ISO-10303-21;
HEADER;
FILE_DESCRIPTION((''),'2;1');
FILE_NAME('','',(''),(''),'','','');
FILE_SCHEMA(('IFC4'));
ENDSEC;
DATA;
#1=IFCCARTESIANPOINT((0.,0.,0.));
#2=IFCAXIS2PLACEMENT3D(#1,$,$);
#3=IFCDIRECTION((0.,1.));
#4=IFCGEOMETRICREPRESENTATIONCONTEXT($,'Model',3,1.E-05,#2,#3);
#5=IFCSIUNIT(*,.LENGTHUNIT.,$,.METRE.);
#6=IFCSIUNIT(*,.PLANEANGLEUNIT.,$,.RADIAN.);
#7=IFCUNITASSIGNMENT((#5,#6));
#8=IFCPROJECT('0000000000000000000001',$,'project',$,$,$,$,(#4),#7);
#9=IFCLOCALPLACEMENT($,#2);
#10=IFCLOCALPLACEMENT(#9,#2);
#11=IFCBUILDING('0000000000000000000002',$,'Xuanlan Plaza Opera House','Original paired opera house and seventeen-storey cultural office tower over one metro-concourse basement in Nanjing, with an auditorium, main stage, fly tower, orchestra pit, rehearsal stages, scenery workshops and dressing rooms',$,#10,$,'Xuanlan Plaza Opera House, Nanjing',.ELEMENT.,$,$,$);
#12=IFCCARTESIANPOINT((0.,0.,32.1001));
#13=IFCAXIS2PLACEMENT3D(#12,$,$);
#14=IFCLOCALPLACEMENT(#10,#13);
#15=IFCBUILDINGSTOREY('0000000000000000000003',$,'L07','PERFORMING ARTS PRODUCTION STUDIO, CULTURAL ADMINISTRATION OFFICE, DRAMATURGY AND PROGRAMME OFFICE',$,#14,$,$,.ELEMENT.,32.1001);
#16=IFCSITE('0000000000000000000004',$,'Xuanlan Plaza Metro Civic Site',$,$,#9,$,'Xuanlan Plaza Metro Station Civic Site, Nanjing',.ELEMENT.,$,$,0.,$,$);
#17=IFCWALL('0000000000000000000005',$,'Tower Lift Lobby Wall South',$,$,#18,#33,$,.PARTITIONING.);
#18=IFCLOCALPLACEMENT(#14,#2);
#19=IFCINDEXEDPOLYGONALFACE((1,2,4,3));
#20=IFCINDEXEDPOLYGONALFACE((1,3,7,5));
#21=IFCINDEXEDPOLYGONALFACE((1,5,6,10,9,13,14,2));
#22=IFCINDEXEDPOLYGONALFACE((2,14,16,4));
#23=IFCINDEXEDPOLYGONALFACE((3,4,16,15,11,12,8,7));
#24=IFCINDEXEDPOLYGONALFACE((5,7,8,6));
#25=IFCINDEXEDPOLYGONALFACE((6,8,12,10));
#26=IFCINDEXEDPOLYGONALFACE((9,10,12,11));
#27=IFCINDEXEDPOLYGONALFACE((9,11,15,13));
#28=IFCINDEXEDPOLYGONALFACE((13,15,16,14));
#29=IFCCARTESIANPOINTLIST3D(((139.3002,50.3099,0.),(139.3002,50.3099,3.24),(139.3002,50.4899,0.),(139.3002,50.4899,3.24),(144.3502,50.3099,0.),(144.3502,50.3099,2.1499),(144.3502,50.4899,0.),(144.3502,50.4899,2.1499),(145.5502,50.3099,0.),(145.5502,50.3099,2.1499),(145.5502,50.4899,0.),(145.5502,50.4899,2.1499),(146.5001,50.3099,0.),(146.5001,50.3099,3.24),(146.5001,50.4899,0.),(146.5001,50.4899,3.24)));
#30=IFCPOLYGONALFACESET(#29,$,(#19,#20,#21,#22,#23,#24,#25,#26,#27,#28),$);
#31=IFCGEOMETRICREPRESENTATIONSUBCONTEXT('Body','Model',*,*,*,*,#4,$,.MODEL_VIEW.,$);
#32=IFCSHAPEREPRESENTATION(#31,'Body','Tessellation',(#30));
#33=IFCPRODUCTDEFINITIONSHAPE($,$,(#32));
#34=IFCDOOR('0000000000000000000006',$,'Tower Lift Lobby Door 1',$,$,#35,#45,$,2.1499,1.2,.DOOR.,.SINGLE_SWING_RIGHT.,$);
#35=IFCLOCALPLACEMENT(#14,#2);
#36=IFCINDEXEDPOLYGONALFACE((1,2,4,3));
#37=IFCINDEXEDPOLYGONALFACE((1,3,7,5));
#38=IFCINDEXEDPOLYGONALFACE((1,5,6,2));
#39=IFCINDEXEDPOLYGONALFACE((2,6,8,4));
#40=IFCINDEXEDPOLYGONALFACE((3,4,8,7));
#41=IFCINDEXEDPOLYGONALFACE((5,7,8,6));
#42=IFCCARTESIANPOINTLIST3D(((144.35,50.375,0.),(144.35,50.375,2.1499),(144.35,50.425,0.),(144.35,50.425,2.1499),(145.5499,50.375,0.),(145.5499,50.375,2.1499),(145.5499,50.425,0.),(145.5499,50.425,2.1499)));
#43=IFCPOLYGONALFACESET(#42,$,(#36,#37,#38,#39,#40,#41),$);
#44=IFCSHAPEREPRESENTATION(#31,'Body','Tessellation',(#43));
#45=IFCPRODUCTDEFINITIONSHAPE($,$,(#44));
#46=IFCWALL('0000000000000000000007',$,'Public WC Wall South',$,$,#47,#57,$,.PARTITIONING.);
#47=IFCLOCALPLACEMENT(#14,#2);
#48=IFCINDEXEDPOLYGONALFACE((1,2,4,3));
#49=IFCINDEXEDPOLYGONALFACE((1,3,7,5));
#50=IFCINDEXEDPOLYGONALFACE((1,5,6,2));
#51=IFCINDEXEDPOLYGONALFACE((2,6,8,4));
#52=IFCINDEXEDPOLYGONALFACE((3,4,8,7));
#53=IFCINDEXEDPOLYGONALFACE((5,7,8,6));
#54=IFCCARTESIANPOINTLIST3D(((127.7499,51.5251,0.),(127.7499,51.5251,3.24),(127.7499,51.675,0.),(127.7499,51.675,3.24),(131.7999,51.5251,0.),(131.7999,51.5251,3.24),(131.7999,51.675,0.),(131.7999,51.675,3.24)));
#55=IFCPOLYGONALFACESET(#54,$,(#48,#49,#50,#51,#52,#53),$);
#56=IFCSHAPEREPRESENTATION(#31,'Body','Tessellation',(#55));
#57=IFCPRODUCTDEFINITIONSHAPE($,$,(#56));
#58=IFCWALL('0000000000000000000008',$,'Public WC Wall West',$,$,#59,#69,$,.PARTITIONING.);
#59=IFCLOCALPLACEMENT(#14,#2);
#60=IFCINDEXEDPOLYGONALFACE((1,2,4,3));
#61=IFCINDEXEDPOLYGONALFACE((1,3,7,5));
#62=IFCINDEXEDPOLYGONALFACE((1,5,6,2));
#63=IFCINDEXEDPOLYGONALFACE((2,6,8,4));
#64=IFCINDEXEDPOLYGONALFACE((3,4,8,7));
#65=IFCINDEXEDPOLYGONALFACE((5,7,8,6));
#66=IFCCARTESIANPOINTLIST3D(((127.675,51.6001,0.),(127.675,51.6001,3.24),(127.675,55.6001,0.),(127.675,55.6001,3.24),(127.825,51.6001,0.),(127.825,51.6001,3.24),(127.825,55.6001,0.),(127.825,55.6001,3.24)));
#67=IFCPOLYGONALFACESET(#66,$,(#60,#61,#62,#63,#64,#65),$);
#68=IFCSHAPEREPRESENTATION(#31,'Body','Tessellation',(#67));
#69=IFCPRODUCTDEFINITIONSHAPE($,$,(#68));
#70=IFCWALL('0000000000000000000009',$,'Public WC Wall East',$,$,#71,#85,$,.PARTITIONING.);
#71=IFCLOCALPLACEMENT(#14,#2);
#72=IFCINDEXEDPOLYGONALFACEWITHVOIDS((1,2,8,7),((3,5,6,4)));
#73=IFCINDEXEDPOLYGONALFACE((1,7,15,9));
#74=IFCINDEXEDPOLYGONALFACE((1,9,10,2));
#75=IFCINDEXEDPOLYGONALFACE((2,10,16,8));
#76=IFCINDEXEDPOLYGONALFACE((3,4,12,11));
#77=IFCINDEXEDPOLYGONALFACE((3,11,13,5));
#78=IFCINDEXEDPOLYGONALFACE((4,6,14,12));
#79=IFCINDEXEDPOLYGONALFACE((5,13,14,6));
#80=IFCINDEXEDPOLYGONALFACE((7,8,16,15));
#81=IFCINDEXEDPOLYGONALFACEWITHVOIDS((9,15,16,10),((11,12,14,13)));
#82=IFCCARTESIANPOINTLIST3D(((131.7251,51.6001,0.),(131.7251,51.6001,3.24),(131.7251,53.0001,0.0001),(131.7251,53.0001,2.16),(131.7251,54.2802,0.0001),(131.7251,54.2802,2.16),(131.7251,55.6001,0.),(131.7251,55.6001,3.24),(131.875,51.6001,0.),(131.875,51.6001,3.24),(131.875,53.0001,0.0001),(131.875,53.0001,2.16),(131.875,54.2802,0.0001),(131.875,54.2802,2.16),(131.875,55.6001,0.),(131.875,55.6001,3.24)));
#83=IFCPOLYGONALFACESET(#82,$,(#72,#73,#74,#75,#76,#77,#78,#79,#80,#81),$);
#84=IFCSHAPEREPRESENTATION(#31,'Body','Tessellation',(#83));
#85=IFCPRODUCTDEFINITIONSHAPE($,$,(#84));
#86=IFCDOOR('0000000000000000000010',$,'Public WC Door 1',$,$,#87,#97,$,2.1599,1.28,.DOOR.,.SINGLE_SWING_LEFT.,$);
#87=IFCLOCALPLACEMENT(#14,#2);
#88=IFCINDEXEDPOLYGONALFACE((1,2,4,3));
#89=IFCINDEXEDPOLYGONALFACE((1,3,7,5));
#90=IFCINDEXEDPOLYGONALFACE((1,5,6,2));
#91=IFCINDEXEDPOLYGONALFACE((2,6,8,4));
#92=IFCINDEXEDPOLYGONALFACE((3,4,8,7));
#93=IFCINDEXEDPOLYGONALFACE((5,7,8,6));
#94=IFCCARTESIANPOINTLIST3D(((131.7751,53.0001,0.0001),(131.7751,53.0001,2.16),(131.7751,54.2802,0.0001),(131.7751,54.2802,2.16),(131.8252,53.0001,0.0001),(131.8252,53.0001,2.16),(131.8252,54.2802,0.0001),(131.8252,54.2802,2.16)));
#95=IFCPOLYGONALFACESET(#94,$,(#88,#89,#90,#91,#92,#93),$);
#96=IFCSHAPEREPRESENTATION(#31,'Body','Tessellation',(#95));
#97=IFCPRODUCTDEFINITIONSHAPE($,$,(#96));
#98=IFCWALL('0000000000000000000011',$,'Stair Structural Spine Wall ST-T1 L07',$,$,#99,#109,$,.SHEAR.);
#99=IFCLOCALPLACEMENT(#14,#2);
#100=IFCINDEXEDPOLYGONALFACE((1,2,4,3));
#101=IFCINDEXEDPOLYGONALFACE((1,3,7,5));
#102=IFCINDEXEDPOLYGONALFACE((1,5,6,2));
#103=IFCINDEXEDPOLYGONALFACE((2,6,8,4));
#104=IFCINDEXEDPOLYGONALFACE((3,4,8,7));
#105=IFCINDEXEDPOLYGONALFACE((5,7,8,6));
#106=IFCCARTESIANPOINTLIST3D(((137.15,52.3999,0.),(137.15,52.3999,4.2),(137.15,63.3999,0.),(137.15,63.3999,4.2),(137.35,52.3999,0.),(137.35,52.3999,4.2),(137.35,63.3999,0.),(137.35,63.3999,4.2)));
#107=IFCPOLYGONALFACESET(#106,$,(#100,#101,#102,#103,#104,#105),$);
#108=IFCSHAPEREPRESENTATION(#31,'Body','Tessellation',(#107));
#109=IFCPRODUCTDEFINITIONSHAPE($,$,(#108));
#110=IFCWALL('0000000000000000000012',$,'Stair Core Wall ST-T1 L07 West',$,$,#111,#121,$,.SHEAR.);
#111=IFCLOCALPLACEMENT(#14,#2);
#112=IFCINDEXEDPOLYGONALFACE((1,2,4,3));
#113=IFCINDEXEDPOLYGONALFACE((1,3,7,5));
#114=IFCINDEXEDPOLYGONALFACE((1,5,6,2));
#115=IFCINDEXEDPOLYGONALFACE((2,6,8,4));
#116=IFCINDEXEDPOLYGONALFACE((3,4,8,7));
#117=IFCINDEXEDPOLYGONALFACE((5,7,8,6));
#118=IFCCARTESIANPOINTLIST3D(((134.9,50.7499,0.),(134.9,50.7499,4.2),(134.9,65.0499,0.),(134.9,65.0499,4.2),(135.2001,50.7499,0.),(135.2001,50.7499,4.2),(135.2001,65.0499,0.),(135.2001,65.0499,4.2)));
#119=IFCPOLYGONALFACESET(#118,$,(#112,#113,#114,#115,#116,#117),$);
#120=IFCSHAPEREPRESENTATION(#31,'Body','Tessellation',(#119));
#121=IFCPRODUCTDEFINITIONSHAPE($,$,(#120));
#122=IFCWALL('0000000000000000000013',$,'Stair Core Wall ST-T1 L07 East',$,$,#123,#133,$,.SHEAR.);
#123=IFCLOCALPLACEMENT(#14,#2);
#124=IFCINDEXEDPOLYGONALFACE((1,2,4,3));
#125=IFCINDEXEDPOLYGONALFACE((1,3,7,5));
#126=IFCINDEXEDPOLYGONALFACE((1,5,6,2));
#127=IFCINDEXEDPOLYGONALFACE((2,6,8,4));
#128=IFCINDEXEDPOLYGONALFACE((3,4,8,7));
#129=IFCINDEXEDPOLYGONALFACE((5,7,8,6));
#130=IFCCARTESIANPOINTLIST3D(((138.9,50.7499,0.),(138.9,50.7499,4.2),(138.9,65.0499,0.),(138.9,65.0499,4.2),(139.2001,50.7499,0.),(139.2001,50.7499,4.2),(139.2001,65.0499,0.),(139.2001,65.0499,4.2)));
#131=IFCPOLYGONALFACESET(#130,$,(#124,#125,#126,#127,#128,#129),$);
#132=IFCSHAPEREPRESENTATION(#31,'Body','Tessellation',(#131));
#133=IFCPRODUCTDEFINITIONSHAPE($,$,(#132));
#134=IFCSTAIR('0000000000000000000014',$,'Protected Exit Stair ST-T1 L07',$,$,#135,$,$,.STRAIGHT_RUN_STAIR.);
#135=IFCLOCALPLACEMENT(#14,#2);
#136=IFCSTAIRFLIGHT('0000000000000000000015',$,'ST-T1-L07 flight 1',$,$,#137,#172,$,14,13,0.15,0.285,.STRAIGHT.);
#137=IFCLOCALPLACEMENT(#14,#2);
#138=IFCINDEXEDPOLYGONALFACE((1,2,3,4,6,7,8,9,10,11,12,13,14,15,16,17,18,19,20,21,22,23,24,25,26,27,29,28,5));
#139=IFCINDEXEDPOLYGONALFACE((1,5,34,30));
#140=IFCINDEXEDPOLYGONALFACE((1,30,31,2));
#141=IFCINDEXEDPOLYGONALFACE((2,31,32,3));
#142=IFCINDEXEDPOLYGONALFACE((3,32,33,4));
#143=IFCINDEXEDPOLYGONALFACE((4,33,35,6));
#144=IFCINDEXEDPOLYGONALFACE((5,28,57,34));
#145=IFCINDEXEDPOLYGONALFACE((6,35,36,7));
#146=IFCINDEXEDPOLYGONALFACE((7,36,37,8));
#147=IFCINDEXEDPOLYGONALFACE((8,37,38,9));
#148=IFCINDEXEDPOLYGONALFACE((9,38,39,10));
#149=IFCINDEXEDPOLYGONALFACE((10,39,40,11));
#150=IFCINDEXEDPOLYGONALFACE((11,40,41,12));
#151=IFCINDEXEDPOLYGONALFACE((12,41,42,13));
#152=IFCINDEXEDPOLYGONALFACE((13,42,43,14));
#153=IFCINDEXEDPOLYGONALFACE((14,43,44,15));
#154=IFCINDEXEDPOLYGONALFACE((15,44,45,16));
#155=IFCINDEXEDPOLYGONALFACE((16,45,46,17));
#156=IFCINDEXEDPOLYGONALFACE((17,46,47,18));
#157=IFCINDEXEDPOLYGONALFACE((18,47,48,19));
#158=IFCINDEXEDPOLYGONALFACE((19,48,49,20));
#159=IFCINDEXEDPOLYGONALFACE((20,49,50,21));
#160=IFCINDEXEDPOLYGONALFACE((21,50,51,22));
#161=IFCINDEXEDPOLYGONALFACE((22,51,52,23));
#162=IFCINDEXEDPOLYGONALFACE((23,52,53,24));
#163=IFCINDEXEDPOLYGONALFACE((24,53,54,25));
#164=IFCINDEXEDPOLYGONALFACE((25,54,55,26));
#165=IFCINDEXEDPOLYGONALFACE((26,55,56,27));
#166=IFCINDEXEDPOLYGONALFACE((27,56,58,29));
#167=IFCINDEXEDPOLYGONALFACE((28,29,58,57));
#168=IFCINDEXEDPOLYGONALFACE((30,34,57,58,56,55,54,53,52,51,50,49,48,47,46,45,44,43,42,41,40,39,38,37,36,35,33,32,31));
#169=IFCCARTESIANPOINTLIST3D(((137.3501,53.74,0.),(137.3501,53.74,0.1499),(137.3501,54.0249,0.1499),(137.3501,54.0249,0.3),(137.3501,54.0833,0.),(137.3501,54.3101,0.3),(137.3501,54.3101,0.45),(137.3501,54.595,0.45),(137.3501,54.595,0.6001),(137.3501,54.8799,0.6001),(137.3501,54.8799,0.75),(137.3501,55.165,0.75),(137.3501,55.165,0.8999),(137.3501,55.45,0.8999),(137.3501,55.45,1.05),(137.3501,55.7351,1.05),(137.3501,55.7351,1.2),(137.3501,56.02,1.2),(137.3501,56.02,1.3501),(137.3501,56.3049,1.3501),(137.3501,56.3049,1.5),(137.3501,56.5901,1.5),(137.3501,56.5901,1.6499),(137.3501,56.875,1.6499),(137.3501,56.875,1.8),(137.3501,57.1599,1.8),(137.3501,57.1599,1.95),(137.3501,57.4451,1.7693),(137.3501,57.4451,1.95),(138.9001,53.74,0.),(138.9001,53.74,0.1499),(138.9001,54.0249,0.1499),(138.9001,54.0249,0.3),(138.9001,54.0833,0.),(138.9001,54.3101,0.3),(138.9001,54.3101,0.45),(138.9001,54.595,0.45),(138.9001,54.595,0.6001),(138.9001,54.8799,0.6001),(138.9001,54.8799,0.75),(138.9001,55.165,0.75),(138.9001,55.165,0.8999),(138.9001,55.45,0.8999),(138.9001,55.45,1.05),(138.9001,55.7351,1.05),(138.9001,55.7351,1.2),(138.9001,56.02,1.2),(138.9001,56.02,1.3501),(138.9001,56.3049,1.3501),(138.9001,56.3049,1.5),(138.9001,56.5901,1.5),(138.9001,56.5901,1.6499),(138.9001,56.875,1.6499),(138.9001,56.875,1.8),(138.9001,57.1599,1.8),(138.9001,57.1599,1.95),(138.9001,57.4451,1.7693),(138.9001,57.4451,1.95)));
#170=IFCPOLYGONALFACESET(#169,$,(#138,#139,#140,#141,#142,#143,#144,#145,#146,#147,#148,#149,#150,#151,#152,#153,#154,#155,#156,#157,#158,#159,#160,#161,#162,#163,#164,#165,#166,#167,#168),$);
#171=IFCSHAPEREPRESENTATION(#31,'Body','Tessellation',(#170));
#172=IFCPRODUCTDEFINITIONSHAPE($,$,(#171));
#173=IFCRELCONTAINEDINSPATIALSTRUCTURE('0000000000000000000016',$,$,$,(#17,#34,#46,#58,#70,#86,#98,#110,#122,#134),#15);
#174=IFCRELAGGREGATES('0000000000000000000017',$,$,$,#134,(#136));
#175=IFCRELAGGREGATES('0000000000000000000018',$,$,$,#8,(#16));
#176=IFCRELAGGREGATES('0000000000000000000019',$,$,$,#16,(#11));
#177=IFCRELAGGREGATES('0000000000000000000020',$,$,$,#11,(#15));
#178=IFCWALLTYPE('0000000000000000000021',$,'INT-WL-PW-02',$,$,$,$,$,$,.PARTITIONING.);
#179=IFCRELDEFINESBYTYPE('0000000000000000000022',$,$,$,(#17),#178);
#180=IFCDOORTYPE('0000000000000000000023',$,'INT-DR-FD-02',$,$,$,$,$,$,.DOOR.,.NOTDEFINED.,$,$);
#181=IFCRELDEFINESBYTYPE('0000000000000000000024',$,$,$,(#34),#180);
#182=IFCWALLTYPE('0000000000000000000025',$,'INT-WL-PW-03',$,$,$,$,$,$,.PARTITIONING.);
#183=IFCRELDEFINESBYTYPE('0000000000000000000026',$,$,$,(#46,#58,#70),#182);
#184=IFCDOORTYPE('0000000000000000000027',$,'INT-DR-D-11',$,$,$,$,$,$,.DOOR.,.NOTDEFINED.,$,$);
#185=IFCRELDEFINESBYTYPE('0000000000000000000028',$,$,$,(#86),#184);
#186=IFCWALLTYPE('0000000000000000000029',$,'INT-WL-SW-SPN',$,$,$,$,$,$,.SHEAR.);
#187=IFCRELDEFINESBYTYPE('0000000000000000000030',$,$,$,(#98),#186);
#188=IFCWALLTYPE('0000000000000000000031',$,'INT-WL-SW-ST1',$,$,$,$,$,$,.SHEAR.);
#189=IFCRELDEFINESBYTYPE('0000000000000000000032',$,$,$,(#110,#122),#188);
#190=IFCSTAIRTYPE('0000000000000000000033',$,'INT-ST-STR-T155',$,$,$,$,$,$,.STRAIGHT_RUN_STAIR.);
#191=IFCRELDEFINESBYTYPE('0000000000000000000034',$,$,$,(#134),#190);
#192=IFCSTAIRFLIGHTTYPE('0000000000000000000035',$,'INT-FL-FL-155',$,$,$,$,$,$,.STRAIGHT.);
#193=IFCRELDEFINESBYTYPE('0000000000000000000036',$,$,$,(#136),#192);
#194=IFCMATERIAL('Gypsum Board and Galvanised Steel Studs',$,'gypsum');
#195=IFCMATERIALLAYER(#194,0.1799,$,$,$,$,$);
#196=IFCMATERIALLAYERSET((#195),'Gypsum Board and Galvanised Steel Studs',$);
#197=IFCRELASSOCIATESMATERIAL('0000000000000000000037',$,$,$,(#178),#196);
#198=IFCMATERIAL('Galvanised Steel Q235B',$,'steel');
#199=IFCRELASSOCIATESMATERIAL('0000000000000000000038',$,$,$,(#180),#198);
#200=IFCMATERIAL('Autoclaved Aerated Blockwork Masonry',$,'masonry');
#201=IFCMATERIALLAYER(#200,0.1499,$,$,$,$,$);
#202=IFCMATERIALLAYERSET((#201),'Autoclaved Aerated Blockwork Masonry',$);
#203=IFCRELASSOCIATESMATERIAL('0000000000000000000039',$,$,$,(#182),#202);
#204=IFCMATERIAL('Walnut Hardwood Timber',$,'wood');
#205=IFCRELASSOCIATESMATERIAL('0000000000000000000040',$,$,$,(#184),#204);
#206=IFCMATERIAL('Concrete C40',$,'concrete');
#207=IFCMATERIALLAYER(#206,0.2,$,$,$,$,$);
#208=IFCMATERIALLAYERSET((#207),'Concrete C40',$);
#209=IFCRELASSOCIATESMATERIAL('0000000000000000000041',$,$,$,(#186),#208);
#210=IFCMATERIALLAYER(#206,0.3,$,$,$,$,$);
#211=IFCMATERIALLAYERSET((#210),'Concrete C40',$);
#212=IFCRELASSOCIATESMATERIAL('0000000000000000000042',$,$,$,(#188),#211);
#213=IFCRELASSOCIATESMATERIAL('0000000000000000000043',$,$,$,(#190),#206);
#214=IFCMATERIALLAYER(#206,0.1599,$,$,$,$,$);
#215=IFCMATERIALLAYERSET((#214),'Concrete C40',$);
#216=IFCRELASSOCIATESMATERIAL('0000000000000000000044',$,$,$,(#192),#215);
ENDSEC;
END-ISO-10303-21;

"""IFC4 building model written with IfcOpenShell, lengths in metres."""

from ifc_helpers import new_model, si_unit, direction, frame, frame_2d, origin, place, context, subcontext, project, spatial, polyline, rectangle, outline, extrude, material, layer, layer_set, type_object, element, fill, aggregate, save


model = new_model("IFC4")

# Units and contexts
model_context = context("Model", 3, precision=1e-05, world=origin(), true_north=direction((0.0, 1.0)))
body_context = subcontext(model_context, "Body", "Model", "MODEL_VIEW")
ifc_project = project(units=[si_unit("LENGTHUNIT", "METRE"), si_unit("PLANEANGLEUNIT", "RADIAN")], contexts=[model_context])

# Site, building, storey
site_placement = place(None, origin())
site = spatial("IfcSite", under=ifc_project, at=site_placement, Name="Xuanlan Plaza Metro Civic Site", LongName="Xuanlan Plaza Metro Station Civic Site, Nanjing", CompositionType="ELEMENT", RefElevation=0.0)
building_placement = place(site_placement, origin())
building = spatial("IfcBuilding", under=site, at=building_placement, Name="Xuanlan Plaza Opera House", Description="Original paired opera house and seventeen-storey cultural office tower over one metro-concourse basement in Nanjing, with an auditorium, main stage, fly tower, orchestra pit, rehearsal stages, scenery workshops and dressing rooms", LongName="Xuanlan Plaza Opera House, Nanjing", CompositionType="ELEMENT")
storey_placement = place(building_placement, frame((0.0, 0.0, 32.1001)))
storey = spatial("IfcBuildingStorey", under=building, at=storey_placement, Name="L07", Description="PERFORMING ARTS PRODUCTION STUDIO, CULTURAL ADMINISTRATION OFFICE, DRAMATURGY AND PROGRAMME OFFICE", CompositionType="ELEMENT", Elevation=32.1001)

# Shared definitions
ifc_material_1 = material(Name="Concrete C40", Category="concrete")

# Wall, opening, door
ifc_material_2 = material(Name="Gypsum Board and Galvanised Steel Studs", Category="gypsum")
ifc_layer_1 = layer(ifc_material_2, 0.1799)
ifc_layer_set_1 = layer_set([ifc_layer_1], Name="Gypsum Board and Galvanised Steel Studs")
wall_type_1 = type_object("IfcWallType", Name="INT-WL-PW-02", PredefinedType="PARTITIONING", material=ifc_layer_set_1)
wall_1_placement = place(storey_placement, frame((139.3, 50.3999, 0.0), z_axis=(0.0, 0.0, 1.0), x_axis=(1.0, 0.0, 0.0)))
wall_1 = element("IfcWall", 1, at=wall_1_placement, inside=storey, type_object=wall_type_1, Name="Tower Lift Lobby Wall South", PredefinedType="PARTITIONING", context=body_context, shape_type="SweptSolid", body=[
    extrude(rectangle(XDim=7.2, YDim=0.1799, at=frame_2d((3.6001, 0.0))), origin(), (0.0, 0.0, 1.0), 3.24),
])
opening_1_placement = place(wall_1_placement, frame((5.05, 0.0, 0.0)))
opening_1 = element("IfcOpeningElement", 2, at=opening_1_placement, cuts=wall_1, PredefinedType="OPENING", context=body_context, shape_type="SweptSolid", body=[
    extrude(rectangle(XDim=1.2, YDim=2.1499, at=frame_2d((0.6001, 1.075))), frame((0.0, 0.0999, 0.0), z_axis=(0.0, -1.0, 0.0), x_axis=(1.0, 0.0, 0.0)), (0.0, 0.0, 1.0), 0.2),
])
ifc_material_3 = material(Name="Galvanised Steel Q235B", Category="steel")
door_type_1 = type_object("IfcDoorType", Name="INT-DR-FD-02", OperationType="NOTDEFINED", PredefinedType="DOOR", material=ifc_material_3)
door_1_placement = place(opening_1_placement, frame((1.2, 0.0, 0.0), z_axis=(0.0, 0.0, 1.0), x_axis=(-1.0, 0.0, 0.0)))
door_1 = element("IfcDoor", 3, at=door_1_placement, inside=storey, type_object=door_type_1, Name="Tower Lift Lobby Door 1", OperationType="SINGLE_SWING_RIGHT", OverallHeight=2.1499, OverallWidth=1.2, PredefinedType="DOOR", context=body_context, shape_type="SweptSolid", body=[
    extrude(rectangle(XDim=1.2, YDim=2.1499, at=frame_2d((0.6001, 1.075))), frame((0.0, 0.0249, 0.0), z_axis=(0.0, -1.0, 0.0), x_axis=(1.0, 0.0, 0.0)), (0.0, 0.0, 1.0), 0.05),
])
fill(opening_1, door_1)

# Walls
ifc_material_4 = material(Name="Autoclaved Aerated Blockwork Masonry", Category="masonry")
ifc_layer_2 = layer(ifc_material_4, 0.1499)
ifc_layer_set_2 = layer_set([ifc_layer_2], Name="Autoclaved Aerated Blockwork Masonry")
wall_type_2 = type_object("IfcWallType", Name="INT-WL-PW-03", PredefinedType="PARTITIONING", material=ifc_layer_set_2)
wall_2_placement = place(storey_placement, frame((127.75, 51.6001, 0.0), z_axis=(0.0, 0.0, 1.0), x_axis=(1.0, 0.0, 0.0)))
element("IfcWall", 4, at=wall_2_placement, inside=storey, type_object=wall_type_2, Name="Public WC Wall South", PredefinedType="PARTITIONING", context=body_context, shape_type="SweptSolid", body=[
    extrude(rectangle(XDim=4.05, YDim=0.1499, at=frame_2d((2.0249, 0.0))), origin(), (0.0, 0.0, 1.0), 3.24),
])
wall_3_placement = place(storey_placement, frame((127.75, 51.6001, 0.0), z_axis=(0.0, 0.0, 1.0), x_axis=(0.0, 1.0, 0.0)))
element("IfcWall", 5, at=wall_3_placement, inside=storey, type_object=wall_type_2, Name="Public WC Wall West", PredefinedType="PARTITIONING", context=body_context, shape_type="SweptSolid", body=[
    extrude(rectangle(XDim=4.0, YDim=0.1499, at=frame_2d((2.0, 0.0))), origin(), (0.0, 0.0, 1.0), 3.24),
])

# Wall, opening, door
wall_4_placement = place(storey_placement, frame((131.8, 51.6001, 0.0), z_axis=(0.0, 0.0, 1.0), x_axis=(0.0, 1.0, 0.0)))
wall_4 = element("IfcWall", 6, at=wall_4_placement, inside=storey, type_object=wall_type_2, Name="Public WC Wall East", PredefinedType="PARTITIONING", context=body_context, shape_type="SweptSolid", body=[
    extrude(rectangle(XDim=4.0, YDim=0.1499, at=frame_2d((2.0, 0.0))), origin(), (0.0, 0.0, 1.0), 3.24),
])
opening_2_placement = place(wall_4_placement, frame((1.3999, 0.0, 0.0)))
opening_2 = element("IfcOpeningElement", 7, at=opening_2_placement, cuts=wall_4, PredefinedType="OPENING", context=body_context, shape_type="SweptSolid", body=[
    extrude(rectangle(XDim=1.28, YDim=2.1599, at=frame_2d((0.6401, 1.0801))), frame((0.0, 0.085, 0.0), z_axis=(0.0, -1.0, 0.0), x_axis=(1.0, 0.0, 0.0)), (0.0, 0.0, 1.0), 0.1699),
])
ifc_material_5 = material(Name="Walnut Hardwood Timber", Category="wood")
door_type_2 = type_object("IfcDoorType", Name="INT-DR-D-11", OperationType="NOTDEFINED", PredefinedType="DOOR", material=ifc_material_5)
door_2_placement = place(opening_2_placement, origin())
door_2 = element("IfcDoor", 8, at=door_2_placement, inside=storey, type_object=door_type_2, Name="Public WC Door 1", OperationType="SINGLE_SWING_LEFT", OverallHeight=2.1599, OverallWidth=1.28, PredefinedType="DOOR", context=body_context, shape_type="SweptSolid", body=[
    extrude(rectangle(XDim=1.28, YDim=2.1599, at=frame_2d((0.6401, 1.0801))), frame((0.0, 0.0249, 0.0), z_axis=(0.0, -1.0, 0.0), x_axis=(1.0, 0.0, 0.0)), (0.0, 0.0, 1.0), 0.05),
])
fill(opening_2, door_2)

# Wall
ifc_layer_3 = layer(ifc_material_1, 0.2)
ifc_layer_set_3 = layer_set([ifc_layer_3], Name="Concrete C40")
wall_type_3 = type_object("IfcWallType", Name="INT-WL-SW-SPN", PredefinedType="SHEAR", material=ifc_layer_set_3)
wall_5_placement = place(storey_placement, frame((137.25, 52.3999, 0.0), z_axis=(0.0, 0.0, 1.0), x_axis=(0.0, 1.0, 0.0)))
element("IfcWall", 9, at=wall_5_placement, inside=storey, type_object=wall_type_3, Name="Stair Structural Spine Wall ST-T1 L07", PredefinedType="SHEAR", context=body_context, shape_type="SweptSolid", body=[
    extrude(rectangle(XDim=11.0, YDim=0.2, at=frame_2d((5.5, 0.0))), origin(), (0.0, 0.0, 1.0), 4.2),
])

# Shared definitions
ifc_layer_4 = layer(ifc_material_1, 0.3)
ifc_layer_set_4 = layer_set([ifc_layer_4], Name="Concrete C40")
wall_type_4 = type_object("IfcWallType", Name="INT-WL-SW-ST1", PredefinedType="SHEAR", material=ifc_layer_set_4)

# Walls
for number, where, z_axis, x_axis, name in (
    (10, (135.05, 50.75, 0.0), (0.0, 0.0, 1.0), (0.0, 1.0, 0.0), "Stair Core Wall ST-T1 L07 West"),
    (11, (139.05, 50.75, 0.0), (0.0, 0.0, 1.0), (0.0, 1.0, 0.0), "Stair Core Wall ST-T1 L07 East"),
):
    element("IfcWall", number, at=place(storey_placement, frame(where, z_axis=z_axis, x_axis=x_axis)), inside=storey, type_object=wall_type_4, Name=name, PredefinedType="SHEAR", context=body_context, shape_type="SweptSolid", body=[
        extrude(rectangle(XDim=14.3, YDim=0.3, at=frame_2d((7.1499, 0.0))), origin(), (0.0, 0.0, 1.0), 4.2),
    ])

# Stair, stair flight
stair_type = type_object("IfcStairType", Name="INT-ST-STR-T155", PredefinedType="STRAIGHT_RUN_STAIR", material=ifc_material_1)
stair_placement = place(storey_placement, origin())
stair = element("IfcStair", 12, at=stair_placement, inside=storey, type_object=stair_type, Name="Protected Exit Stair ST-T1 L07", PredefinedType="STRAIGHT_RUN_STAIR")
ifc_layer_5 = layer(ifc_material_1, 0.1599)
ifc_layer_set_5 = layer_set([ifc_layer_5], Name="Concrete C40")
stair_flight_type = type_object("IfcStairFlightType", Name="INT-FL-FL-155", PredefinedType="STRAIGHT", material=ifc_layer_set_5)
stair_flight_placement = place(storey_placement, frame((138.125, 53.74, 0.0), z_axis=(0.0, 0.0, 1.0), x_axis=(0.0, 1.0, 0.0)))
stair_flight = element("IfcStairFlight", 13, at=stair_flight_placement, type_object=stair_flight_type, Name="ST-T1-L07 flight 1", NumberOfRisers=14, NumberOfTreads=13, PredefinedType="STRAIGHT", RiserHeight=0.15, TreadLength=0.285, context=body_context, shape_type="SweptSolid", body=[
    extrude(outline(polyline([(0.0, 0.0), (0.0, 0.1499), (0.2849, 0.1499), (0.2849, 0.3), (0.5701, 0.3), (0.5701, 0.45), (0.855, 0.45), (0.855, 0.6001), (1.1399, 0.6001), (1.1399, 0.75), (1.425, 0.75), (1.425, 0.8999), (1.71, 0.8999), (1.71, 1.05), (1.9951, 1.05), (1.9951, 1.2), (2.28, 1.2), (2.28, 1.3501), (2.5649, 1.3501), (2.5649, 1.5), (2.8501, 1.5), (2.8501, 1.6499), (3.135, 1.6499), (3.135, 1.8), (3.4199, 1.8), (3.4199, 1.95), (3.7051, 1.95), (3.7051, 2.1001), (3.7051, 1.7693), (0.3433, 0.0), (0.0, 0.0)])), frame((0.0, 0.7749, 0.0), z_axis=(0.0, -1.0, 0.0), x_axis=(1.0, 0.0, 0.0)), (0.0, 0.0, 1.0), 1.55),
])
aggregate(stair, [stair_flight])

save(model, "model.ifc")
